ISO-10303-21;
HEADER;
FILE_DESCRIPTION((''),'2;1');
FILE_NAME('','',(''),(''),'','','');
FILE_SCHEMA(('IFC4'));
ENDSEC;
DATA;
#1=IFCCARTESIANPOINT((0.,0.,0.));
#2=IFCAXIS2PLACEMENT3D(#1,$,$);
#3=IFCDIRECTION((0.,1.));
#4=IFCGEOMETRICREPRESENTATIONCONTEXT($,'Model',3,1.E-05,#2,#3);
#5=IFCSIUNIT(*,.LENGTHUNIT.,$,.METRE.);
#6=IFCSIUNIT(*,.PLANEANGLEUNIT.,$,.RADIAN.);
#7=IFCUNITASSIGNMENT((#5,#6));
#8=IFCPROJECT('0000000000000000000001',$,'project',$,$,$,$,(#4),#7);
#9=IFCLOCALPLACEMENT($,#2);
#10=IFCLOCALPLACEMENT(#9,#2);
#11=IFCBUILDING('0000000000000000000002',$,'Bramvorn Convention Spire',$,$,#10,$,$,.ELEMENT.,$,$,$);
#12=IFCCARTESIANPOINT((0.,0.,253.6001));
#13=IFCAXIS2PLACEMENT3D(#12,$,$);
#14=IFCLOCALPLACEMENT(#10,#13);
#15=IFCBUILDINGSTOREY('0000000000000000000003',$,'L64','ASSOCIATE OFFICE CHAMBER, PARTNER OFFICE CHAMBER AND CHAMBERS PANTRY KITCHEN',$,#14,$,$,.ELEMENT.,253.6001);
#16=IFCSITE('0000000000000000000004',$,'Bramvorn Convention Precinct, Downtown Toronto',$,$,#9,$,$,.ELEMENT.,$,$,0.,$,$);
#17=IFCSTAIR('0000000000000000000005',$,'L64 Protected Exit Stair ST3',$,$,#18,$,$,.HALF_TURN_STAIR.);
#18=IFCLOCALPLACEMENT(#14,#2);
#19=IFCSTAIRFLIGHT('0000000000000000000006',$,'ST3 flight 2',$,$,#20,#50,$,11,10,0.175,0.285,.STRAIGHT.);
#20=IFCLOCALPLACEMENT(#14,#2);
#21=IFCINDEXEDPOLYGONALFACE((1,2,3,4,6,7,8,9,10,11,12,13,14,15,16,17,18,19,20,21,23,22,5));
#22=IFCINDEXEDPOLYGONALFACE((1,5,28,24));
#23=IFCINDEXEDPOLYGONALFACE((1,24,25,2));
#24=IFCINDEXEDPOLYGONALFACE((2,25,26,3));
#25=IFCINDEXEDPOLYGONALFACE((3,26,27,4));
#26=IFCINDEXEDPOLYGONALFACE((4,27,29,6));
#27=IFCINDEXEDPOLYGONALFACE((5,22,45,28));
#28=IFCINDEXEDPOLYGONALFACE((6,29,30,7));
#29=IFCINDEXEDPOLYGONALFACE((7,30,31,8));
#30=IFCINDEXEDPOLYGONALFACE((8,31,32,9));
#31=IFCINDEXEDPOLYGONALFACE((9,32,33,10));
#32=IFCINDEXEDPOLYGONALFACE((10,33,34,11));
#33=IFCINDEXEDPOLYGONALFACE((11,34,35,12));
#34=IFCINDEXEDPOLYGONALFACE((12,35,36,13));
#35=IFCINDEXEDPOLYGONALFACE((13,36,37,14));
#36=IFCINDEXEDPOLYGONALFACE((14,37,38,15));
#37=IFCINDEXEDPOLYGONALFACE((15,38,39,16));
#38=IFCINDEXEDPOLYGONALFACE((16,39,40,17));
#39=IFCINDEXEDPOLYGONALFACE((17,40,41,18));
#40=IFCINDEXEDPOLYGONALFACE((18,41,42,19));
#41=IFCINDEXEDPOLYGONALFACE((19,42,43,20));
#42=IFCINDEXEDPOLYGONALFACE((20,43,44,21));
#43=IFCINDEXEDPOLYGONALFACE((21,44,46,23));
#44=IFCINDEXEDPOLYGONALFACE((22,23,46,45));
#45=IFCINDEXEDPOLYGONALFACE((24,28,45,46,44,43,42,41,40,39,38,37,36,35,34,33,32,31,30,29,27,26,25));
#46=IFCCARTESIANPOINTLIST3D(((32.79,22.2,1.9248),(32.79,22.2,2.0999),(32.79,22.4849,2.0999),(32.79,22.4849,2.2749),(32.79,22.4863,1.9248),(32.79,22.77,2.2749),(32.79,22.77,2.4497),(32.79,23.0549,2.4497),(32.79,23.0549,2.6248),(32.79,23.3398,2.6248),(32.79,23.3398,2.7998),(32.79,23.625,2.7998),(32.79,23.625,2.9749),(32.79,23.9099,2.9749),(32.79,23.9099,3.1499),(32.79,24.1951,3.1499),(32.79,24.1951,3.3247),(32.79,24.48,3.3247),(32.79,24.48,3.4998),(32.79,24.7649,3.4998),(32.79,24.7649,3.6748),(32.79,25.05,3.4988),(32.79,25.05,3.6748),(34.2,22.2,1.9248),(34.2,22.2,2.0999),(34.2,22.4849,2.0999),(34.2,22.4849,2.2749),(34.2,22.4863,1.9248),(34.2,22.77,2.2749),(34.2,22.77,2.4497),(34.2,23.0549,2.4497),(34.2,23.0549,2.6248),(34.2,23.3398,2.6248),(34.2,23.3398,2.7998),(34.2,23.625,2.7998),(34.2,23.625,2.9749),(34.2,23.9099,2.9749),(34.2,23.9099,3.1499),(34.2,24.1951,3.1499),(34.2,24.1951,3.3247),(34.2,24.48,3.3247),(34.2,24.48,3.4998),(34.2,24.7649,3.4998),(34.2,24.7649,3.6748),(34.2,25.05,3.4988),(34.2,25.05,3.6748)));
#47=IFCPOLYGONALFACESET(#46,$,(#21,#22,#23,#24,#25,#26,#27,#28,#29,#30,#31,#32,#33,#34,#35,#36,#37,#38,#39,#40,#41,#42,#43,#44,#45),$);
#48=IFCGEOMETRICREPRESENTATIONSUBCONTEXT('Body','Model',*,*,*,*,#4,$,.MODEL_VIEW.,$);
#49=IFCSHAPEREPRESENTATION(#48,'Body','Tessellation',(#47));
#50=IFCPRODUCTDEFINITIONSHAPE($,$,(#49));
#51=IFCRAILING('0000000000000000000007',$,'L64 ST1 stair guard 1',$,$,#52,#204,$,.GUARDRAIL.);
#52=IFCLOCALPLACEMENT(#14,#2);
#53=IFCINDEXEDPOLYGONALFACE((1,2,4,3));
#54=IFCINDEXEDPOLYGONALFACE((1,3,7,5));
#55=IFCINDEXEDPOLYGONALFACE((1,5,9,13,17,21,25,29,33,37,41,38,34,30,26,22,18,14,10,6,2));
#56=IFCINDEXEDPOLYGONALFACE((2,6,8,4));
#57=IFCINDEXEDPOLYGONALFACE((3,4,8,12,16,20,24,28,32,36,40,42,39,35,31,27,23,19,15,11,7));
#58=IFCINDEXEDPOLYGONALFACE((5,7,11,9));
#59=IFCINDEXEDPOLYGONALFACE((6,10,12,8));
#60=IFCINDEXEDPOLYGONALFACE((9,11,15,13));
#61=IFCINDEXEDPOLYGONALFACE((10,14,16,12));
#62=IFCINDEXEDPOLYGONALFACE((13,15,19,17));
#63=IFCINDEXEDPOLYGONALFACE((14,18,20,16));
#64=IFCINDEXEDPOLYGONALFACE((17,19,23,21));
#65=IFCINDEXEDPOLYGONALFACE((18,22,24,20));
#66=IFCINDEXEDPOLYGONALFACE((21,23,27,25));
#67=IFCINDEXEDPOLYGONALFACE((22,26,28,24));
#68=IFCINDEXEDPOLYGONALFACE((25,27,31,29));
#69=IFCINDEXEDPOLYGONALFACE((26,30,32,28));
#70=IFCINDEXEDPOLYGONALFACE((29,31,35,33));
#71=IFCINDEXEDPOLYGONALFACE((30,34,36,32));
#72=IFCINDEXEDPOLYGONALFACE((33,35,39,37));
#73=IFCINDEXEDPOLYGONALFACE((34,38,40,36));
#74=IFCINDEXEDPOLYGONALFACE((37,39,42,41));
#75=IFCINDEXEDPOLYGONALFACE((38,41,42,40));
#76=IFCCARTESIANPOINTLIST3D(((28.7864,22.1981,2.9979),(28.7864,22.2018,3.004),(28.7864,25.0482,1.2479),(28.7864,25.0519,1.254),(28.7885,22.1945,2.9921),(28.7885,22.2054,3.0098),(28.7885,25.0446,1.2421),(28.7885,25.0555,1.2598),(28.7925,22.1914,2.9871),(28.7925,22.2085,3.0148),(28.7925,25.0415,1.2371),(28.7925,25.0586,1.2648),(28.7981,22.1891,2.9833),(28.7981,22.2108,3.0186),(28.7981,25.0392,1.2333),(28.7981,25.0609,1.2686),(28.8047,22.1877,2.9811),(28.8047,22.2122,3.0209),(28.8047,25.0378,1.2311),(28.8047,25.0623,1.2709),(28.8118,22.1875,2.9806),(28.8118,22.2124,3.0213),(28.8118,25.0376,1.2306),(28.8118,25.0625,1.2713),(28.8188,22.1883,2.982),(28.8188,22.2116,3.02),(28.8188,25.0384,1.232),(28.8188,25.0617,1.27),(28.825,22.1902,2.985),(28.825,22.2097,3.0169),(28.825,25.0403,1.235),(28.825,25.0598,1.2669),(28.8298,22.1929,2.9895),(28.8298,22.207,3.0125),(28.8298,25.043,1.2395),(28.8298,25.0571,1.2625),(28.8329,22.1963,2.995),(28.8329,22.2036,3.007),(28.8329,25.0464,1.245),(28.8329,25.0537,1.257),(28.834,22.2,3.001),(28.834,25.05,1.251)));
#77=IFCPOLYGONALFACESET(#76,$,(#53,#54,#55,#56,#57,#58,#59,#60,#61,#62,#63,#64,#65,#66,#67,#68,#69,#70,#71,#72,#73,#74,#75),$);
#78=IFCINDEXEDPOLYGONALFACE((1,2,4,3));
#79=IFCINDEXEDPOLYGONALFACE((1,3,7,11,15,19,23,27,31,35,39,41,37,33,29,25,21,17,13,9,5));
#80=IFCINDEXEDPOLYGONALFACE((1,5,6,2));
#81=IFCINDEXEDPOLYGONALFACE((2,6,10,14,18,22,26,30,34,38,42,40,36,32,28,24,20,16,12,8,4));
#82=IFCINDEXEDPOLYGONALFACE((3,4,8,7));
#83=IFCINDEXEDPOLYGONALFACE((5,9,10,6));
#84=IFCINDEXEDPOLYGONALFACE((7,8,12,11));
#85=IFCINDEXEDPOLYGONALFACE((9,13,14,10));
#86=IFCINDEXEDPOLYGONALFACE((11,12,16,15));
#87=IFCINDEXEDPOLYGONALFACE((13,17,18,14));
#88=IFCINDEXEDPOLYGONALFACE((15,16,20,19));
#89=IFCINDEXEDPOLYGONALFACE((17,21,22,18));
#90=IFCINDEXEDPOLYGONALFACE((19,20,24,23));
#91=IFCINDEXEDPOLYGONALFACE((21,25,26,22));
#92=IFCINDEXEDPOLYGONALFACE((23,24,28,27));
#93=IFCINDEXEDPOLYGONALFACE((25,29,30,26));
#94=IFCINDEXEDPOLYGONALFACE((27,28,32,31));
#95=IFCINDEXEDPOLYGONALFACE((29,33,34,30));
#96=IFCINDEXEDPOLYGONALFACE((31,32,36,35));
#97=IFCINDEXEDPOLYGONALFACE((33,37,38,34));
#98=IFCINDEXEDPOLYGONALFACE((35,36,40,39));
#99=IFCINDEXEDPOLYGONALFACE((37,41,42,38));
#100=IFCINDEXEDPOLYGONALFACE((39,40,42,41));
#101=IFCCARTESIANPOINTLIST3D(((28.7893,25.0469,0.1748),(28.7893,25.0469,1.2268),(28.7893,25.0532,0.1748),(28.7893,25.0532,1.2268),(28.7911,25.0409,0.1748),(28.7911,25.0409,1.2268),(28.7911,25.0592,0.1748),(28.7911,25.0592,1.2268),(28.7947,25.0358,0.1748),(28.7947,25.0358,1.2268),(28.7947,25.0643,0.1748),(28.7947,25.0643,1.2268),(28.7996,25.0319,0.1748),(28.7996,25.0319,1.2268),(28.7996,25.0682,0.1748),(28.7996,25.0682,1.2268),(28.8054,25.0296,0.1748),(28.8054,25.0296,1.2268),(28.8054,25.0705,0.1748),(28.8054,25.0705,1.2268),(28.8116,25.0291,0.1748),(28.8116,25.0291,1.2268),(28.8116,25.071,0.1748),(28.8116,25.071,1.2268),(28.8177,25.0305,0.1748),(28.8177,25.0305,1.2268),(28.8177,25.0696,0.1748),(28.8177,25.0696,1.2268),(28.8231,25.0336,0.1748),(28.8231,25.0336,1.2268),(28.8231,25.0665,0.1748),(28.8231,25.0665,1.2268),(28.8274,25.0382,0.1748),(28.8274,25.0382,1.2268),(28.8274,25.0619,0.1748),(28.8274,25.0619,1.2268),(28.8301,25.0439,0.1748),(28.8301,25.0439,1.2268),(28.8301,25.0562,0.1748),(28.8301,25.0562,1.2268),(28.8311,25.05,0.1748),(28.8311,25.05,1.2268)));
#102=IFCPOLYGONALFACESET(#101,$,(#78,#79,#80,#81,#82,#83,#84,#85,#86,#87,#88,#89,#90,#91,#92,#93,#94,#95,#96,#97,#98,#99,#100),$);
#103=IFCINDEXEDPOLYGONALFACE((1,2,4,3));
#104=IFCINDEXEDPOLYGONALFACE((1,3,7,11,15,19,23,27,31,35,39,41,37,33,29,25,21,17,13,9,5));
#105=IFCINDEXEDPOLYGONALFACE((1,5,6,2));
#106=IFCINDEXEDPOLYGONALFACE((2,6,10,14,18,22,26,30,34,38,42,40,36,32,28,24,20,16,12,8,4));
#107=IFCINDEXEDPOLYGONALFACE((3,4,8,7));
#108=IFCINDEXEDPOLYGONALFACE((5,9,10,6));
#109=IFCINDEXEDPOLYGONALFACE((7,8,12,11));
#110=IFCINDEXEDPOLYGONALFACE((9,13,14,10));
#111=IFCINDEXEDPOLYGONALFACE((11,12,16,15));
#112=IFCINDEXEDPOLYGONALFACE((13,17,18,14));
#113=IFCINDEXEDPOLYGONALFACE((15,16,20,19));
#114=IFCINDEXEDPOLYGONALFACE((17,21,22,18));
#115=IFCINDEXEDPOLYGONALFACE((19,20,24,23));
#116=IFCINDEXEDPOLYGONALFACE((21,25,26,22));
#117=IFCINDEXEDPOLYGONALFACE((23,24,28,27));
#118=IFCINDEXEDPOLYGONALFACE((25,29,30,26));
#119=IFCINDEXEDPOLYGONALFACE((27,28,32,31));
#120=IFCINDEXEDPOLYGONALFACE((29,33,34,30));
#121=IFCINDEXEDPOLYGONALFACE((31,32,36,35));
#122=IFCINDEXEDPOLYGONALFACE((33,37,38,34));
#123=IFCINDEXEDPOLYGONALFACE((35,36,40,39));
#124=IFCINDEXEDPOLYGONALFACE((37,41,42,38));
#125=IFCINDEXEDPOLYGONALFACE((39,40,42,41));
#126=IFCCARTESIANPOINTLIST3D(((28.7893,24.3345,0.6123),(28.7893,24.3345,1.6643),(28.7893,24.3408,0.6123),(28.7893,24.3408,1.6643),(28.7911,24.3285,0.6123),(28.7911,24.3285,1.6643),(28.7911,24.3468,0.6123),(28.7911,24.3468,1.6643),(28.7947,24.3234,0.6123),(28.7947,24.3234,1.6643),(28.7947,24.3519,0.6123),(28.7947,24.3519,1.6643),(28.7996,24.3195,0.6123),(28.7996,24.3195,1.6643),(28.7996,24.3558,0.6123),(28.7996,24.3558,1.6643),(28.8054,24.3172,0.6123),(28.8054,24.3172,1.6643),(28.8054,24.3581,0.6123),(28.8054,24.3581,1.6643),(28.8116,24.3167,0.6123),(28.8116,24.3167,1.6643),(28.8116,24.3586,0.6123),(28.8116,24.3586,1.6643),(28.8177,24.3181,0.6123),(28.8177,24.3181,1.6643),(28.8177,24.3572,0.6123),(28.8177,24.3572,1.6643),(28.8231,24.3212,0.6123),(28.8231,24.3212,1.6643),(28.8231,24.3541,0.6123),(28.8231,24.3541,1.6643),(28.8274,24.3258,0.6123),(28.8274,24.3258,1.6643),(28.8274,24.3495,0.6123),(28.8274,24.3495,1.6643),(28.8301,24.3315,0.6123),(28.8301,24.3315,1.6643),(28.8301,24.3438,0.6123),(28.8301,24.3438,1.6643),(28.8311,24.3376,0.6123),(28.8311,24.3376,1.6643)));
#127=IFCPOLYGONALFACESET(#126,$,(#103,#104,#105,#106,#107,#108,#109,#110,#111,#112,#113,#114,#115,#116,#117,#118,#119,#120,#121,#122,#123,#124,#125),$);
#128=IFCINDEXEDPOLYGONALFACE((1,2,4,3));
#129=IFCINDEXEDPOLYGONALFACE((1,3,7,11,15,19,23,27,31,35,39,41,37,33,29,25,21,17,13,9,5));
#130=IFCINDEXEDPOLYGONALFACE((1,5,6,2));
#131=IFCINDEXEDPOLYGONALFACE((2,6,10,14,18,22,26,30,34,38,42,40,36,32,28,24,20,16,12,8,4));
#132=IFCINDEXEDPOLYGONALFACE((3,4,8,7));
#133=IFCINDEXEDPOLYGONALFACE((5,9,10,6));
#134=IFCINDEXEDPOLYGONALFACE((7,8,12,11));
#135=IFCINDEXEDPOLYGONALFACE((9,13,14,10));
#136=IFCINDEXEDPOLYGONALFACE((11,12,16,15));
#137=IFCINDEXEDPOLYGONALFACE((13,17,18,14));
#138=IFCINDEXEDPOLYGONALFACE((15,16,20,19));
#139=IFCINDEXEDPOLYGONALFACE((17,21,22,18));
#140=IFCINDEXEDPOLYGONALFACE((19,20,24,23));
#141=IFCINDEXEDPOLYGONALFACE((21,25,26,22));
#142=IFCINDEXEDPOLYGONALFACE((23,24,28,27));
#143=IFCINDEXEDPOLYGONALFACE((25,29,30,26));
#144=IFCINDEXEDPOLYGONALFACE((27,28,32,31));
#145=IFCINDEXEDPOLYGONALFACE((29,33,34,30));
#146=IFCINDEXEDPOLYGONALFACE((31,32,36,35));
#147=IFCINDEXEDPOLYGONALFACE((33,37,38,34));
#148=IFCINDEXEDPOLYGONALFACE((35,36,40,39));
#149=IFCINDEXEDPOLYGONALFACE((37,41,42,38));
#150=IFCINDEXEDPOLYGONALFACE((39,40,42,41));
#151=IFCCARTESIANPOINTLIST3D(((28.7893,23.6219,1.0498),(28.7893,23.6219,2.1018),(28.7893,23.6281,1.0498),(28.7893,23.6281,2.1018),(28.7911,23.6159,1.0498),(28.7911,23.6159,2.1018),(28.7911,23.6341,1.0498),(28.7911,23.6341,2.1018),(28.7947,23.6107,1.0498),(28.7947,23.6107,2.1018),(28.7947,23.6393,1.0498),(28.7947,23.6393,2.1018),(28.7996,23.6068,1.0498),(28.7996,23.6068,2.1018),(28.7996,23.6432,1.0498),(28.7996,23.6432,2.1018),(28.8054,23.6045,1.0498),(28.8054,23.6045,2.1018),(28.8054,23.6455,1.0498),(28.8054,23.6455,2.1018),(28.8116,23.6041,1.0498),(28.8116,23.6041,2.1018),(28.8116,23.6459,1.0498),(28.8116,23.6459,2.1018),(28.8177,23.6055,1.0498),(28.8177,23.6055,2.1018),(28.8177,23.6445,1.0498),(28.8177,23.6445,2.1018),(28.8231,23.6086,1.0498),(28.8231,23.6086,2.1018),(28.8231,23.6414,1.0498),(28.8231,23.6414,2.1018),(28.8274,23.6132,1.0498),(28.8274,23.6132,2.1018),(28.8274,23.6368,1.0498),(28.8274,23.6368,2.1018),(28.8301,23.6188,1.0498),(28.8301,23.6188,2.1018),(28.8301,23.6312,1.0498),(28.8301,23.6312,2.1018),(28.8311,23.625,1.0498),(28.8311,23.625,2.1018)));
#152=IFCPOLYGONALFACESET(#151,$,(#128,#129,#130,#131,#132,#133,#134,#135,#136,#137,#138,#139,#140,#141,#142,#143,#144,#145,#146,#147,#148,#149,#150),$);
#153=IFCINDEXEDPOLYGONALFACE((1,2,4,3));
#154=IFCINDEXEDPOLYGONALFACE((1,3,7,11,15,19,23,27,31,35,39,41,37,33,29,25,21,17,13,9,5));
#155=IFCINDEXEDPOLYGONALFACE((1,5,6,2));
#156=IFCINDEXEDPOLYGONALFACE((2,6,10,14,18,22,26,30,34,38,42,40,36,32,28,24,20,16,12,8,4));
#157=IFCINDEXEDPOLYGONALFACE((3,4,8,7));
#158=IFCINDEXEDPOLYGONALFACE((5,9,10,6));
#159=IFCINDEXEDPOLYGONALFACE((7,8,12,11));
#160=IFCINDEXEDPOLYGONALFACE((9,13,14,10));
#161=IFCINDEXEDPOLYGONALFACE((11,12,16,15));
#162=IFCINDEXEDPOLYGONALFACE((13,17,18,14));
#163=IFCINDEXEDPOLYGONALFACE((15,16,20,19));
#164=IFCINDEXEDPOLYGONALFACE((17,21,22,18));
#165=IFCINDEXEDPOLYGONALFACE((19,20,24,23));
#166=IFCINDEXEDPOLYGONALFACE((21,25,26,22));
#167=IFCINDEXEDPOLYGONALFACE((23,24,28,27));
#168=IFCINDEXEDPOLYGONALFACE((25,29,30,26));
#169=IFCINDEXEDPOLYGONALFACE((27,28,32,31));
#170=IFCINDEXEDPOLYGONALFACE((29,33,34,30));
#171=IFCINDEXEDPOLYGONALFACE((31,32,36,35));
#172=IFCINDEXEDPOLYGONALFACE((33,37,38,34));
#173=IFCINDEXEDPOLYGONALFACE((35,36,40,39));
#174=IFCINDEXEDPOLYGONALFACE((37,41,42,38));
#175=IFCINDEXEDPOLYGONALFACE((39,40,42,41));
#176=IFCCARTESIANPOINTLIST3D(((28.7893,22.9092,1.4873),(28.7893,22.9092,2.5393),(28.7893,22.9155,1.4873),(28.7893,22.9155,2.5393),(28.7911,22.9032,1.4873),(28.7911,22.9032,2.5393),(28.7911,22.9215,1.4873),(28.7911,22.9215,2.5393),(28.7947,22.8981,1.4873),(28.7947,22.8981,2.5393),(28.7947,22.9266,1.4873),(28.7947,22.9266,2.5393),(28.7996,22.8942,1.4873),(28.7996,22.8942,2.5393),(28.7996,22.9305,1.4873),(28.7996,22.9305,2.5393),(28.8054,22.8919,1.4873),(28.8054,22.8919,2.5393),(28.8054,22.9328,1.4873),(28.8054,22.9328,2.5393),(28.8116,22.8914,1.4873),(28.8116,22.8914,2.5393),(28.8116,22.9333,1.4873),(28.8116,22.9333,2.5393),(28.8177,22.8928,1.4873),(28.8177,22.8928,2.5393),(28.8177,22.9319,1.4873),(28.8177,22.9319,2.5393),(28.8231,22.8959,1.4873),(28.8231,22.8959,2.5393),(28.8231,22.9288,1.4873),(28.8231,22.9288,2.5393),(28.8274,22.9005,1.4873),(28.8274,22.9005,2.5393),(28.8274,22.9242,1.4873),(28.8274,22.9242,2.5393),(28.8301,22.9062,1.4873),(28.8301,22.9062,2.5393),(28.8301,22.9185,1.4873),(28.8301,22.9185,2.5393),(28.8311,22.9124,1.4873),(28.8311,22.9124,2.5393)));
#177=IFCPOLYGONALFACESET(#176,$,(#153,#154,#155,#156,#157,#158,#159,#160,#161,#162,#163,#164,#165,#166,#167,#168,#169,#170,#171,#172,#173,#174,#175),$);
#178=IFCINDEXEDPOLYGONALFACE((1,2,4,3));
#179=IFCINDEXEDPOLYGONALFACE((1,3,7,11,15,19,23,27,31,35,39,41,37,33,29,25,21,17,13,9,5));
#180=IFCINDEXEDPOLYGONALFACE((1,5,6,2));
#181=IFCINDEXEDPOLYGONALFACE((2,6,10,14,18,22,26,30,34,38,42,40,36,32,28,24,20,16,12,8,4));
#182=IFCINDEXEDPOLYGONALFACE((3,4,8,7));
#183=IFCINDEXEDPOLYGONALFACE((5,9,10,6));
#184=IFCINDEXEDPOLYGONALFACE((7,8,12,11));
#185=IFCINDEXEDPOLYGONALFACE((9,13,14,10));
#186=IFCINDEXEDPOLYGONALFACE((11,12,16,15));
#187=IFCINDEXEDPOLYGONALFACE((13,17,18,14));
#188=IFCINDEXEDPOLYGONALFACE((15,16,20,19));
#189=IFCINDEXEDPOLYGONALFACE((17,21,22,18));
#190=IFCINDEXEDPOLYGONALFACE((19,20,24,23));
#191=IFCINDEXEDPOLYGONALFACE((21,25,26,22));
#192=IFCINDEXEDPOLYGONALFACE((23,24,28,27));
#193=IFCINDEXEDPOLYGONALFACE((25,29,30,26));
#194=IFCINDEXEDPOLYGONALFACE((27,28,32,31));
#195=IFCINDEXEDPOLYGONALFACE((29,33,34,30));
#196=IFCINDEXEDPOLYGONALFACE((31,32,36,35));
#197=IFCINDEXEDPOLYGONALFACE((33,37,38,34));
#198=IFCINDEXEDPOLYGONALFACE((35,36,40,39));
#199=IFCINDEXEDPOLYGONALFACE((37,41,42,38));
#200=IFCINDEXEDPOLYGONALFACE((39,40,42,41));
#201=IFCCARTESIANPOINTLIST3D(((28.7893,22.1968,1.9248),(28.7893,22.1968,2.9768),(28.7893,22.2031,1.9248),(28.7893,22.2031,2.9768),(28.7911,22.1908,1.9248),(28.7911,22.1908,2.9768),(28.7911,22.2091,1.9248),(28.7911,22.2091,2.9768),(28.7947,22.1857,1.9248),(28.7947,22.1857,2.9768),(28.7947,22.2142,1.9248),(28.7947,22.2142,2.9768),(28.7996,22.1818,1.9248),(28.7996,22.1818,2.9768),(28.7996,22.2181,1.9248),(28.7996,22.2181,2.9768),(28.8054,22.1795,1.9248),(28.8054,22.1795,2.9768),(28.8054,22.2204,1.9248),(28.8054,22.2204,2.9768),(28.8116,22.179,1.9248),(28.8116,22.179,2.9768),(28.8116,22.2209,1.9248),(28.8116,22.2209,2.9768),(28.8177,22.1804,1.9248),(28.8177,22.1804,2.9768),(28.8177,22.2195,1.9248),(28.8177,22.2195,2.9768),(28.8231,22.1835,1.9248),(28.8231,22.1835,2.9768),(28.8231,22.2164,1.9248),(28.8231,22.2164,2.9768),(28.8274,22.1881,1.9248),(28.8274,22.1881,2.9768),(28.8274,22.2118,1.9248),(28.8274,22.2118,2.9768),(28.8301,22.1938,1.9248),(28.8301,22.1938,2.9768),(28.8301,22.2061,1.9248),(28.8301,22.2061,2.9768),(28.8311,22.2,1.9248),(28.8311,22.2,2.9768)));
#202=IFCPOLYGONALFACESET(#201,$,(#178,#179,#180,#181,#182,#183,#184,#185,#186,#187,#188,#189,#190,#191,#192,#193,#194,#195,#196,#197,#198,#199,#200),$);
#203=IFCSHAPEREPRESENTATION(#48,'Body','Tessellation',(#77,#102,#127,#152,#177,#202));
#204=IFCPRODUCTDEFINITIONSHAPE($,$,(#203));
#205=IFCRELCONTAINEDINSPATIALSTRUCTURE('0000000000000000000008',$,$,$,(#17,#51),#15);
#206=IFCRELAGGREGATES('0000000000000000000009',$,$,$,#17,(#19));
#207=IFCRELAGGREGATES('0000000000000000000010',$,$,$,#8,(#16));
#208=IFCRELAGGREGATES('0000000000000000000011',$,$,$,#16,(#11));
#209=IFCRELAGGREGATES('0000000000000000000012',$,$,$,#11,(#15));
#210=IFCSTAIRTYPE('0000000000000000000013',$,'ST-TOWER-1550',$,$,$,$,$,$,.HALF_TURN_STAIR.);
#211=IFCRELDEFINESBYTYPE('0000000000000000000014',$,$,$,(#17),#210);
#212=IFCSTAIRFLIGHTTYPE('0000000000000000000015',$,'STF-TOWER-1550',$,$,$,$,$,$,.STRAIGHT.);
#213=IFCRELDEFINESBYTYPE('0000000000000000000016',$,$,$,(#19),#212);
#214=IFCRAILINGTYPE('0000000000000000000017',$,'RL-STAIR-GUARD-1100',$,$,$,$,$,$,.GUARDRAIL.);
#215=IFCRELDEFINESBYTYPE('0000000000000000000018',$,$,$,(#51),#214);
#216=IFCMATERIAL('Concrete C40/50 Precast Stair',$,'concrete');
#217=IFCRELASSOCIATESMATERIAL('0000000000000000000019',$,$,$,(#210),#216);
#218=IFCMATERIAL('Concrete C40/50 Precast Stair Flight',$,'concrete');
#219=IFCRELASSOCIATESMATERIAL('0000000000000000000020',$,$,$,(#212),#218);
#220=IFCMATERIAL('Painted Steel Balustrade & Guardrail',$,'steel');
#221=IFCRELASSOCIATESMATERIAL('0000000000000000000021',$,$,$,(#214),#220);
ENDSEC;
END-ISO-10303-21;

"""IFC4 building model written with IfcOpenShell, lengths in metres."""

from ifc_helpers import new_model, si_unit, direction, frame, origin, origin_2d, place, context, subcontext, project, spatial, polyline, circle, outline, extrude, material, type_object, element, aggregate, save


model = new_model("IFC4")

# Units and contexts
model_context = context("Model", 3, precision=1e-05, world=origin(), true_north=direction((0.0, 1.0)))
body_context = subcontext(model_context, "Body", "Model", "MODEL_VIEW")
ifc_project = project(units=[si_unit("LENGTHUNIT", "METRE"), si_unit("PLANEANGLEUNIT", "RADIAN")], contexts=[model_context])

# Site, building, storey
site_placement = place(None, origin())
site = spatial("IfcSite", under=ifc_project, at=site_placement, Name="Bramvorn Convention Precinct, Downtown Toronto", CompositionType="ELEMENT", RefElevation=0.0)
building_placement = place(site_placement, origin())
building = spatial("IfcBuilding", under=site, at=building_placement, Name="Bramvorn Convention Spire", CompositionType="ELEMENT")
storey_placement = place(building_placement, frame((0.0, 0.0, 253.6001)))
storey = spatial("IfcBuildingStorey", under=building, at=storey_placement, Name="L64", Description="ASSOCIATE OFFICE CHAMBER, PARTNER OFFICE CHAMBER AND CHAMBERS PANTRY KITCHEN", CompositionType="ELEMENT", Elevation=253.6001)

# Stair, stair flight
ifc_material_1 = material(Name="Concrete C40/50 Precast Stair", Category="concrete")
stair_type = type_object("IfcStairType", Name="ST-TOWER-1550", PredefinedType="HALF_TURN_STAIR", material=ifc_material_1)
ifc_material_2 = material(Name="Concrete C40/50 Precast Stair Flight", Category="concrete")
stair_flight_type = type_object("IfcStairFlightType", Name="STF-TOWER-1550", PredefinedType="STRAIGHT", material=ifc_material_2)
stair_1_placement = place(storey_placement, origin())
stair_1 = element("IfcStair", 1, at=stair_1_placement, inside=storey, type_object=stair_type, Name="L64 Protected Exit Stair ST3", PredefinedType="HALF_TURN_STAIR")
stair_flight_1_placement = place(storey_placement, frame((33.4951, 22.2, 1.9248), z_axis=(0.0, 0.0, 1.0), x_axis=(0.0, 1.0, 0.0)))
stair_flight_1 = element("IfcStairFlight", 2, at=stair_flight_1_placement, type_object=stair_flight_type, Name="ST3 flight 2", NumberOfRisers=11, NumberOfTreads=10, PredefinedType="STRAIGHT", RiserHeight=0.175, TreadLength=0.285, context=body_context, shape_type="SweptSolid", body=[
    extrude(outline(polyline([(0.0, 0.0), (0.0, 0.175), (0.2849, 0.175), (0.2849, 0.3501), (0.5701, 0.3501), (0.5701, 0.5249), (0.855, 0.5249), (0.855, 0.7), (1.1399, 0.7), (1.1399, 0.875), (1.425, 0.875), (1.425, 1.05), (1.71, 1.05), (1.71, 1.2251), (1.9951, 1.2251), (1.9951, 1.3999), (2.28, 1.3999), (2.28, 1.575), (2.5649, 1.575), (2.5649, 1.75), (2.8501, 1.75), (2.8501, 1.925), (2.8501, 1.574), (0.2864, 0.0), (0.0, 0.0)])), frame((0.0, 0.7051, 0.0), z_axis=(0.0, -1.0, 0.0), x_axis=(1.0, 0.0, 0.0)), (0.0, 0.0, 1.0), 1.4099),
])
aggregate(stair_1, [stair_flight_1])

# Railing
ifc_material_3 = material(Name="Painted Steel Balustrade & Guardrail", Category="steel")
railing_type_1 = type_object("IfcRailingType", Name="RL-STAIR-GUARD-1100", PredefinedType="GUARDRAIL", material=ifc_material_3)
railing_1_placement = place(storey_placement, frame((28.8101, 25.05, 0.1748)))
element("IfcRailing", 3, at=railing_1_placement, inside=storey, type_object=railing_type_1, Name="L64 ST1 stair guard 1", PredefinedType="GUARDRAIL", context=body_context, shape_type="SweptSolid", body=[
    extrude(circle(Radius=0.0239, at=origin_2d()), frame((0.0, 0.0, 1.0762), z_axis=(0.0, -0.852179, 0.52325), x_axis=(1.0, 0.0, 0.0)), (0.0, 0.0, 1.0), 3.3445),
    extrude(circle(Radius=0.021, at=origin_2d()), origin(), (0.0, 0.0, 1.0), 1.052),
    extrude(circle(Radius=0.021, at=origin_2d()), frame((0.0, -0.7124, 0.4375)), (0.0, 0.0, 1.0), 1.052),
    extrude(circle(Radius=0.021, at=origin_2d()), frame((0.0, -1.425, 0.875)), (0.0, 0.0, 1.0), 1.052),
    extrude(circle(Radius=0.021, at=origin_2d()), frame((0.0, -2.1377, 1.3125)), (0.0, 0.0, 1.0), 1.052),
    extrude(circle(Radius=0.021, at=origin_2d()), frame((0.0, -2.8501, 1.75)), (0.0, 0.0, 1.0), 1.052),
])

save(model, "model.ifc")
